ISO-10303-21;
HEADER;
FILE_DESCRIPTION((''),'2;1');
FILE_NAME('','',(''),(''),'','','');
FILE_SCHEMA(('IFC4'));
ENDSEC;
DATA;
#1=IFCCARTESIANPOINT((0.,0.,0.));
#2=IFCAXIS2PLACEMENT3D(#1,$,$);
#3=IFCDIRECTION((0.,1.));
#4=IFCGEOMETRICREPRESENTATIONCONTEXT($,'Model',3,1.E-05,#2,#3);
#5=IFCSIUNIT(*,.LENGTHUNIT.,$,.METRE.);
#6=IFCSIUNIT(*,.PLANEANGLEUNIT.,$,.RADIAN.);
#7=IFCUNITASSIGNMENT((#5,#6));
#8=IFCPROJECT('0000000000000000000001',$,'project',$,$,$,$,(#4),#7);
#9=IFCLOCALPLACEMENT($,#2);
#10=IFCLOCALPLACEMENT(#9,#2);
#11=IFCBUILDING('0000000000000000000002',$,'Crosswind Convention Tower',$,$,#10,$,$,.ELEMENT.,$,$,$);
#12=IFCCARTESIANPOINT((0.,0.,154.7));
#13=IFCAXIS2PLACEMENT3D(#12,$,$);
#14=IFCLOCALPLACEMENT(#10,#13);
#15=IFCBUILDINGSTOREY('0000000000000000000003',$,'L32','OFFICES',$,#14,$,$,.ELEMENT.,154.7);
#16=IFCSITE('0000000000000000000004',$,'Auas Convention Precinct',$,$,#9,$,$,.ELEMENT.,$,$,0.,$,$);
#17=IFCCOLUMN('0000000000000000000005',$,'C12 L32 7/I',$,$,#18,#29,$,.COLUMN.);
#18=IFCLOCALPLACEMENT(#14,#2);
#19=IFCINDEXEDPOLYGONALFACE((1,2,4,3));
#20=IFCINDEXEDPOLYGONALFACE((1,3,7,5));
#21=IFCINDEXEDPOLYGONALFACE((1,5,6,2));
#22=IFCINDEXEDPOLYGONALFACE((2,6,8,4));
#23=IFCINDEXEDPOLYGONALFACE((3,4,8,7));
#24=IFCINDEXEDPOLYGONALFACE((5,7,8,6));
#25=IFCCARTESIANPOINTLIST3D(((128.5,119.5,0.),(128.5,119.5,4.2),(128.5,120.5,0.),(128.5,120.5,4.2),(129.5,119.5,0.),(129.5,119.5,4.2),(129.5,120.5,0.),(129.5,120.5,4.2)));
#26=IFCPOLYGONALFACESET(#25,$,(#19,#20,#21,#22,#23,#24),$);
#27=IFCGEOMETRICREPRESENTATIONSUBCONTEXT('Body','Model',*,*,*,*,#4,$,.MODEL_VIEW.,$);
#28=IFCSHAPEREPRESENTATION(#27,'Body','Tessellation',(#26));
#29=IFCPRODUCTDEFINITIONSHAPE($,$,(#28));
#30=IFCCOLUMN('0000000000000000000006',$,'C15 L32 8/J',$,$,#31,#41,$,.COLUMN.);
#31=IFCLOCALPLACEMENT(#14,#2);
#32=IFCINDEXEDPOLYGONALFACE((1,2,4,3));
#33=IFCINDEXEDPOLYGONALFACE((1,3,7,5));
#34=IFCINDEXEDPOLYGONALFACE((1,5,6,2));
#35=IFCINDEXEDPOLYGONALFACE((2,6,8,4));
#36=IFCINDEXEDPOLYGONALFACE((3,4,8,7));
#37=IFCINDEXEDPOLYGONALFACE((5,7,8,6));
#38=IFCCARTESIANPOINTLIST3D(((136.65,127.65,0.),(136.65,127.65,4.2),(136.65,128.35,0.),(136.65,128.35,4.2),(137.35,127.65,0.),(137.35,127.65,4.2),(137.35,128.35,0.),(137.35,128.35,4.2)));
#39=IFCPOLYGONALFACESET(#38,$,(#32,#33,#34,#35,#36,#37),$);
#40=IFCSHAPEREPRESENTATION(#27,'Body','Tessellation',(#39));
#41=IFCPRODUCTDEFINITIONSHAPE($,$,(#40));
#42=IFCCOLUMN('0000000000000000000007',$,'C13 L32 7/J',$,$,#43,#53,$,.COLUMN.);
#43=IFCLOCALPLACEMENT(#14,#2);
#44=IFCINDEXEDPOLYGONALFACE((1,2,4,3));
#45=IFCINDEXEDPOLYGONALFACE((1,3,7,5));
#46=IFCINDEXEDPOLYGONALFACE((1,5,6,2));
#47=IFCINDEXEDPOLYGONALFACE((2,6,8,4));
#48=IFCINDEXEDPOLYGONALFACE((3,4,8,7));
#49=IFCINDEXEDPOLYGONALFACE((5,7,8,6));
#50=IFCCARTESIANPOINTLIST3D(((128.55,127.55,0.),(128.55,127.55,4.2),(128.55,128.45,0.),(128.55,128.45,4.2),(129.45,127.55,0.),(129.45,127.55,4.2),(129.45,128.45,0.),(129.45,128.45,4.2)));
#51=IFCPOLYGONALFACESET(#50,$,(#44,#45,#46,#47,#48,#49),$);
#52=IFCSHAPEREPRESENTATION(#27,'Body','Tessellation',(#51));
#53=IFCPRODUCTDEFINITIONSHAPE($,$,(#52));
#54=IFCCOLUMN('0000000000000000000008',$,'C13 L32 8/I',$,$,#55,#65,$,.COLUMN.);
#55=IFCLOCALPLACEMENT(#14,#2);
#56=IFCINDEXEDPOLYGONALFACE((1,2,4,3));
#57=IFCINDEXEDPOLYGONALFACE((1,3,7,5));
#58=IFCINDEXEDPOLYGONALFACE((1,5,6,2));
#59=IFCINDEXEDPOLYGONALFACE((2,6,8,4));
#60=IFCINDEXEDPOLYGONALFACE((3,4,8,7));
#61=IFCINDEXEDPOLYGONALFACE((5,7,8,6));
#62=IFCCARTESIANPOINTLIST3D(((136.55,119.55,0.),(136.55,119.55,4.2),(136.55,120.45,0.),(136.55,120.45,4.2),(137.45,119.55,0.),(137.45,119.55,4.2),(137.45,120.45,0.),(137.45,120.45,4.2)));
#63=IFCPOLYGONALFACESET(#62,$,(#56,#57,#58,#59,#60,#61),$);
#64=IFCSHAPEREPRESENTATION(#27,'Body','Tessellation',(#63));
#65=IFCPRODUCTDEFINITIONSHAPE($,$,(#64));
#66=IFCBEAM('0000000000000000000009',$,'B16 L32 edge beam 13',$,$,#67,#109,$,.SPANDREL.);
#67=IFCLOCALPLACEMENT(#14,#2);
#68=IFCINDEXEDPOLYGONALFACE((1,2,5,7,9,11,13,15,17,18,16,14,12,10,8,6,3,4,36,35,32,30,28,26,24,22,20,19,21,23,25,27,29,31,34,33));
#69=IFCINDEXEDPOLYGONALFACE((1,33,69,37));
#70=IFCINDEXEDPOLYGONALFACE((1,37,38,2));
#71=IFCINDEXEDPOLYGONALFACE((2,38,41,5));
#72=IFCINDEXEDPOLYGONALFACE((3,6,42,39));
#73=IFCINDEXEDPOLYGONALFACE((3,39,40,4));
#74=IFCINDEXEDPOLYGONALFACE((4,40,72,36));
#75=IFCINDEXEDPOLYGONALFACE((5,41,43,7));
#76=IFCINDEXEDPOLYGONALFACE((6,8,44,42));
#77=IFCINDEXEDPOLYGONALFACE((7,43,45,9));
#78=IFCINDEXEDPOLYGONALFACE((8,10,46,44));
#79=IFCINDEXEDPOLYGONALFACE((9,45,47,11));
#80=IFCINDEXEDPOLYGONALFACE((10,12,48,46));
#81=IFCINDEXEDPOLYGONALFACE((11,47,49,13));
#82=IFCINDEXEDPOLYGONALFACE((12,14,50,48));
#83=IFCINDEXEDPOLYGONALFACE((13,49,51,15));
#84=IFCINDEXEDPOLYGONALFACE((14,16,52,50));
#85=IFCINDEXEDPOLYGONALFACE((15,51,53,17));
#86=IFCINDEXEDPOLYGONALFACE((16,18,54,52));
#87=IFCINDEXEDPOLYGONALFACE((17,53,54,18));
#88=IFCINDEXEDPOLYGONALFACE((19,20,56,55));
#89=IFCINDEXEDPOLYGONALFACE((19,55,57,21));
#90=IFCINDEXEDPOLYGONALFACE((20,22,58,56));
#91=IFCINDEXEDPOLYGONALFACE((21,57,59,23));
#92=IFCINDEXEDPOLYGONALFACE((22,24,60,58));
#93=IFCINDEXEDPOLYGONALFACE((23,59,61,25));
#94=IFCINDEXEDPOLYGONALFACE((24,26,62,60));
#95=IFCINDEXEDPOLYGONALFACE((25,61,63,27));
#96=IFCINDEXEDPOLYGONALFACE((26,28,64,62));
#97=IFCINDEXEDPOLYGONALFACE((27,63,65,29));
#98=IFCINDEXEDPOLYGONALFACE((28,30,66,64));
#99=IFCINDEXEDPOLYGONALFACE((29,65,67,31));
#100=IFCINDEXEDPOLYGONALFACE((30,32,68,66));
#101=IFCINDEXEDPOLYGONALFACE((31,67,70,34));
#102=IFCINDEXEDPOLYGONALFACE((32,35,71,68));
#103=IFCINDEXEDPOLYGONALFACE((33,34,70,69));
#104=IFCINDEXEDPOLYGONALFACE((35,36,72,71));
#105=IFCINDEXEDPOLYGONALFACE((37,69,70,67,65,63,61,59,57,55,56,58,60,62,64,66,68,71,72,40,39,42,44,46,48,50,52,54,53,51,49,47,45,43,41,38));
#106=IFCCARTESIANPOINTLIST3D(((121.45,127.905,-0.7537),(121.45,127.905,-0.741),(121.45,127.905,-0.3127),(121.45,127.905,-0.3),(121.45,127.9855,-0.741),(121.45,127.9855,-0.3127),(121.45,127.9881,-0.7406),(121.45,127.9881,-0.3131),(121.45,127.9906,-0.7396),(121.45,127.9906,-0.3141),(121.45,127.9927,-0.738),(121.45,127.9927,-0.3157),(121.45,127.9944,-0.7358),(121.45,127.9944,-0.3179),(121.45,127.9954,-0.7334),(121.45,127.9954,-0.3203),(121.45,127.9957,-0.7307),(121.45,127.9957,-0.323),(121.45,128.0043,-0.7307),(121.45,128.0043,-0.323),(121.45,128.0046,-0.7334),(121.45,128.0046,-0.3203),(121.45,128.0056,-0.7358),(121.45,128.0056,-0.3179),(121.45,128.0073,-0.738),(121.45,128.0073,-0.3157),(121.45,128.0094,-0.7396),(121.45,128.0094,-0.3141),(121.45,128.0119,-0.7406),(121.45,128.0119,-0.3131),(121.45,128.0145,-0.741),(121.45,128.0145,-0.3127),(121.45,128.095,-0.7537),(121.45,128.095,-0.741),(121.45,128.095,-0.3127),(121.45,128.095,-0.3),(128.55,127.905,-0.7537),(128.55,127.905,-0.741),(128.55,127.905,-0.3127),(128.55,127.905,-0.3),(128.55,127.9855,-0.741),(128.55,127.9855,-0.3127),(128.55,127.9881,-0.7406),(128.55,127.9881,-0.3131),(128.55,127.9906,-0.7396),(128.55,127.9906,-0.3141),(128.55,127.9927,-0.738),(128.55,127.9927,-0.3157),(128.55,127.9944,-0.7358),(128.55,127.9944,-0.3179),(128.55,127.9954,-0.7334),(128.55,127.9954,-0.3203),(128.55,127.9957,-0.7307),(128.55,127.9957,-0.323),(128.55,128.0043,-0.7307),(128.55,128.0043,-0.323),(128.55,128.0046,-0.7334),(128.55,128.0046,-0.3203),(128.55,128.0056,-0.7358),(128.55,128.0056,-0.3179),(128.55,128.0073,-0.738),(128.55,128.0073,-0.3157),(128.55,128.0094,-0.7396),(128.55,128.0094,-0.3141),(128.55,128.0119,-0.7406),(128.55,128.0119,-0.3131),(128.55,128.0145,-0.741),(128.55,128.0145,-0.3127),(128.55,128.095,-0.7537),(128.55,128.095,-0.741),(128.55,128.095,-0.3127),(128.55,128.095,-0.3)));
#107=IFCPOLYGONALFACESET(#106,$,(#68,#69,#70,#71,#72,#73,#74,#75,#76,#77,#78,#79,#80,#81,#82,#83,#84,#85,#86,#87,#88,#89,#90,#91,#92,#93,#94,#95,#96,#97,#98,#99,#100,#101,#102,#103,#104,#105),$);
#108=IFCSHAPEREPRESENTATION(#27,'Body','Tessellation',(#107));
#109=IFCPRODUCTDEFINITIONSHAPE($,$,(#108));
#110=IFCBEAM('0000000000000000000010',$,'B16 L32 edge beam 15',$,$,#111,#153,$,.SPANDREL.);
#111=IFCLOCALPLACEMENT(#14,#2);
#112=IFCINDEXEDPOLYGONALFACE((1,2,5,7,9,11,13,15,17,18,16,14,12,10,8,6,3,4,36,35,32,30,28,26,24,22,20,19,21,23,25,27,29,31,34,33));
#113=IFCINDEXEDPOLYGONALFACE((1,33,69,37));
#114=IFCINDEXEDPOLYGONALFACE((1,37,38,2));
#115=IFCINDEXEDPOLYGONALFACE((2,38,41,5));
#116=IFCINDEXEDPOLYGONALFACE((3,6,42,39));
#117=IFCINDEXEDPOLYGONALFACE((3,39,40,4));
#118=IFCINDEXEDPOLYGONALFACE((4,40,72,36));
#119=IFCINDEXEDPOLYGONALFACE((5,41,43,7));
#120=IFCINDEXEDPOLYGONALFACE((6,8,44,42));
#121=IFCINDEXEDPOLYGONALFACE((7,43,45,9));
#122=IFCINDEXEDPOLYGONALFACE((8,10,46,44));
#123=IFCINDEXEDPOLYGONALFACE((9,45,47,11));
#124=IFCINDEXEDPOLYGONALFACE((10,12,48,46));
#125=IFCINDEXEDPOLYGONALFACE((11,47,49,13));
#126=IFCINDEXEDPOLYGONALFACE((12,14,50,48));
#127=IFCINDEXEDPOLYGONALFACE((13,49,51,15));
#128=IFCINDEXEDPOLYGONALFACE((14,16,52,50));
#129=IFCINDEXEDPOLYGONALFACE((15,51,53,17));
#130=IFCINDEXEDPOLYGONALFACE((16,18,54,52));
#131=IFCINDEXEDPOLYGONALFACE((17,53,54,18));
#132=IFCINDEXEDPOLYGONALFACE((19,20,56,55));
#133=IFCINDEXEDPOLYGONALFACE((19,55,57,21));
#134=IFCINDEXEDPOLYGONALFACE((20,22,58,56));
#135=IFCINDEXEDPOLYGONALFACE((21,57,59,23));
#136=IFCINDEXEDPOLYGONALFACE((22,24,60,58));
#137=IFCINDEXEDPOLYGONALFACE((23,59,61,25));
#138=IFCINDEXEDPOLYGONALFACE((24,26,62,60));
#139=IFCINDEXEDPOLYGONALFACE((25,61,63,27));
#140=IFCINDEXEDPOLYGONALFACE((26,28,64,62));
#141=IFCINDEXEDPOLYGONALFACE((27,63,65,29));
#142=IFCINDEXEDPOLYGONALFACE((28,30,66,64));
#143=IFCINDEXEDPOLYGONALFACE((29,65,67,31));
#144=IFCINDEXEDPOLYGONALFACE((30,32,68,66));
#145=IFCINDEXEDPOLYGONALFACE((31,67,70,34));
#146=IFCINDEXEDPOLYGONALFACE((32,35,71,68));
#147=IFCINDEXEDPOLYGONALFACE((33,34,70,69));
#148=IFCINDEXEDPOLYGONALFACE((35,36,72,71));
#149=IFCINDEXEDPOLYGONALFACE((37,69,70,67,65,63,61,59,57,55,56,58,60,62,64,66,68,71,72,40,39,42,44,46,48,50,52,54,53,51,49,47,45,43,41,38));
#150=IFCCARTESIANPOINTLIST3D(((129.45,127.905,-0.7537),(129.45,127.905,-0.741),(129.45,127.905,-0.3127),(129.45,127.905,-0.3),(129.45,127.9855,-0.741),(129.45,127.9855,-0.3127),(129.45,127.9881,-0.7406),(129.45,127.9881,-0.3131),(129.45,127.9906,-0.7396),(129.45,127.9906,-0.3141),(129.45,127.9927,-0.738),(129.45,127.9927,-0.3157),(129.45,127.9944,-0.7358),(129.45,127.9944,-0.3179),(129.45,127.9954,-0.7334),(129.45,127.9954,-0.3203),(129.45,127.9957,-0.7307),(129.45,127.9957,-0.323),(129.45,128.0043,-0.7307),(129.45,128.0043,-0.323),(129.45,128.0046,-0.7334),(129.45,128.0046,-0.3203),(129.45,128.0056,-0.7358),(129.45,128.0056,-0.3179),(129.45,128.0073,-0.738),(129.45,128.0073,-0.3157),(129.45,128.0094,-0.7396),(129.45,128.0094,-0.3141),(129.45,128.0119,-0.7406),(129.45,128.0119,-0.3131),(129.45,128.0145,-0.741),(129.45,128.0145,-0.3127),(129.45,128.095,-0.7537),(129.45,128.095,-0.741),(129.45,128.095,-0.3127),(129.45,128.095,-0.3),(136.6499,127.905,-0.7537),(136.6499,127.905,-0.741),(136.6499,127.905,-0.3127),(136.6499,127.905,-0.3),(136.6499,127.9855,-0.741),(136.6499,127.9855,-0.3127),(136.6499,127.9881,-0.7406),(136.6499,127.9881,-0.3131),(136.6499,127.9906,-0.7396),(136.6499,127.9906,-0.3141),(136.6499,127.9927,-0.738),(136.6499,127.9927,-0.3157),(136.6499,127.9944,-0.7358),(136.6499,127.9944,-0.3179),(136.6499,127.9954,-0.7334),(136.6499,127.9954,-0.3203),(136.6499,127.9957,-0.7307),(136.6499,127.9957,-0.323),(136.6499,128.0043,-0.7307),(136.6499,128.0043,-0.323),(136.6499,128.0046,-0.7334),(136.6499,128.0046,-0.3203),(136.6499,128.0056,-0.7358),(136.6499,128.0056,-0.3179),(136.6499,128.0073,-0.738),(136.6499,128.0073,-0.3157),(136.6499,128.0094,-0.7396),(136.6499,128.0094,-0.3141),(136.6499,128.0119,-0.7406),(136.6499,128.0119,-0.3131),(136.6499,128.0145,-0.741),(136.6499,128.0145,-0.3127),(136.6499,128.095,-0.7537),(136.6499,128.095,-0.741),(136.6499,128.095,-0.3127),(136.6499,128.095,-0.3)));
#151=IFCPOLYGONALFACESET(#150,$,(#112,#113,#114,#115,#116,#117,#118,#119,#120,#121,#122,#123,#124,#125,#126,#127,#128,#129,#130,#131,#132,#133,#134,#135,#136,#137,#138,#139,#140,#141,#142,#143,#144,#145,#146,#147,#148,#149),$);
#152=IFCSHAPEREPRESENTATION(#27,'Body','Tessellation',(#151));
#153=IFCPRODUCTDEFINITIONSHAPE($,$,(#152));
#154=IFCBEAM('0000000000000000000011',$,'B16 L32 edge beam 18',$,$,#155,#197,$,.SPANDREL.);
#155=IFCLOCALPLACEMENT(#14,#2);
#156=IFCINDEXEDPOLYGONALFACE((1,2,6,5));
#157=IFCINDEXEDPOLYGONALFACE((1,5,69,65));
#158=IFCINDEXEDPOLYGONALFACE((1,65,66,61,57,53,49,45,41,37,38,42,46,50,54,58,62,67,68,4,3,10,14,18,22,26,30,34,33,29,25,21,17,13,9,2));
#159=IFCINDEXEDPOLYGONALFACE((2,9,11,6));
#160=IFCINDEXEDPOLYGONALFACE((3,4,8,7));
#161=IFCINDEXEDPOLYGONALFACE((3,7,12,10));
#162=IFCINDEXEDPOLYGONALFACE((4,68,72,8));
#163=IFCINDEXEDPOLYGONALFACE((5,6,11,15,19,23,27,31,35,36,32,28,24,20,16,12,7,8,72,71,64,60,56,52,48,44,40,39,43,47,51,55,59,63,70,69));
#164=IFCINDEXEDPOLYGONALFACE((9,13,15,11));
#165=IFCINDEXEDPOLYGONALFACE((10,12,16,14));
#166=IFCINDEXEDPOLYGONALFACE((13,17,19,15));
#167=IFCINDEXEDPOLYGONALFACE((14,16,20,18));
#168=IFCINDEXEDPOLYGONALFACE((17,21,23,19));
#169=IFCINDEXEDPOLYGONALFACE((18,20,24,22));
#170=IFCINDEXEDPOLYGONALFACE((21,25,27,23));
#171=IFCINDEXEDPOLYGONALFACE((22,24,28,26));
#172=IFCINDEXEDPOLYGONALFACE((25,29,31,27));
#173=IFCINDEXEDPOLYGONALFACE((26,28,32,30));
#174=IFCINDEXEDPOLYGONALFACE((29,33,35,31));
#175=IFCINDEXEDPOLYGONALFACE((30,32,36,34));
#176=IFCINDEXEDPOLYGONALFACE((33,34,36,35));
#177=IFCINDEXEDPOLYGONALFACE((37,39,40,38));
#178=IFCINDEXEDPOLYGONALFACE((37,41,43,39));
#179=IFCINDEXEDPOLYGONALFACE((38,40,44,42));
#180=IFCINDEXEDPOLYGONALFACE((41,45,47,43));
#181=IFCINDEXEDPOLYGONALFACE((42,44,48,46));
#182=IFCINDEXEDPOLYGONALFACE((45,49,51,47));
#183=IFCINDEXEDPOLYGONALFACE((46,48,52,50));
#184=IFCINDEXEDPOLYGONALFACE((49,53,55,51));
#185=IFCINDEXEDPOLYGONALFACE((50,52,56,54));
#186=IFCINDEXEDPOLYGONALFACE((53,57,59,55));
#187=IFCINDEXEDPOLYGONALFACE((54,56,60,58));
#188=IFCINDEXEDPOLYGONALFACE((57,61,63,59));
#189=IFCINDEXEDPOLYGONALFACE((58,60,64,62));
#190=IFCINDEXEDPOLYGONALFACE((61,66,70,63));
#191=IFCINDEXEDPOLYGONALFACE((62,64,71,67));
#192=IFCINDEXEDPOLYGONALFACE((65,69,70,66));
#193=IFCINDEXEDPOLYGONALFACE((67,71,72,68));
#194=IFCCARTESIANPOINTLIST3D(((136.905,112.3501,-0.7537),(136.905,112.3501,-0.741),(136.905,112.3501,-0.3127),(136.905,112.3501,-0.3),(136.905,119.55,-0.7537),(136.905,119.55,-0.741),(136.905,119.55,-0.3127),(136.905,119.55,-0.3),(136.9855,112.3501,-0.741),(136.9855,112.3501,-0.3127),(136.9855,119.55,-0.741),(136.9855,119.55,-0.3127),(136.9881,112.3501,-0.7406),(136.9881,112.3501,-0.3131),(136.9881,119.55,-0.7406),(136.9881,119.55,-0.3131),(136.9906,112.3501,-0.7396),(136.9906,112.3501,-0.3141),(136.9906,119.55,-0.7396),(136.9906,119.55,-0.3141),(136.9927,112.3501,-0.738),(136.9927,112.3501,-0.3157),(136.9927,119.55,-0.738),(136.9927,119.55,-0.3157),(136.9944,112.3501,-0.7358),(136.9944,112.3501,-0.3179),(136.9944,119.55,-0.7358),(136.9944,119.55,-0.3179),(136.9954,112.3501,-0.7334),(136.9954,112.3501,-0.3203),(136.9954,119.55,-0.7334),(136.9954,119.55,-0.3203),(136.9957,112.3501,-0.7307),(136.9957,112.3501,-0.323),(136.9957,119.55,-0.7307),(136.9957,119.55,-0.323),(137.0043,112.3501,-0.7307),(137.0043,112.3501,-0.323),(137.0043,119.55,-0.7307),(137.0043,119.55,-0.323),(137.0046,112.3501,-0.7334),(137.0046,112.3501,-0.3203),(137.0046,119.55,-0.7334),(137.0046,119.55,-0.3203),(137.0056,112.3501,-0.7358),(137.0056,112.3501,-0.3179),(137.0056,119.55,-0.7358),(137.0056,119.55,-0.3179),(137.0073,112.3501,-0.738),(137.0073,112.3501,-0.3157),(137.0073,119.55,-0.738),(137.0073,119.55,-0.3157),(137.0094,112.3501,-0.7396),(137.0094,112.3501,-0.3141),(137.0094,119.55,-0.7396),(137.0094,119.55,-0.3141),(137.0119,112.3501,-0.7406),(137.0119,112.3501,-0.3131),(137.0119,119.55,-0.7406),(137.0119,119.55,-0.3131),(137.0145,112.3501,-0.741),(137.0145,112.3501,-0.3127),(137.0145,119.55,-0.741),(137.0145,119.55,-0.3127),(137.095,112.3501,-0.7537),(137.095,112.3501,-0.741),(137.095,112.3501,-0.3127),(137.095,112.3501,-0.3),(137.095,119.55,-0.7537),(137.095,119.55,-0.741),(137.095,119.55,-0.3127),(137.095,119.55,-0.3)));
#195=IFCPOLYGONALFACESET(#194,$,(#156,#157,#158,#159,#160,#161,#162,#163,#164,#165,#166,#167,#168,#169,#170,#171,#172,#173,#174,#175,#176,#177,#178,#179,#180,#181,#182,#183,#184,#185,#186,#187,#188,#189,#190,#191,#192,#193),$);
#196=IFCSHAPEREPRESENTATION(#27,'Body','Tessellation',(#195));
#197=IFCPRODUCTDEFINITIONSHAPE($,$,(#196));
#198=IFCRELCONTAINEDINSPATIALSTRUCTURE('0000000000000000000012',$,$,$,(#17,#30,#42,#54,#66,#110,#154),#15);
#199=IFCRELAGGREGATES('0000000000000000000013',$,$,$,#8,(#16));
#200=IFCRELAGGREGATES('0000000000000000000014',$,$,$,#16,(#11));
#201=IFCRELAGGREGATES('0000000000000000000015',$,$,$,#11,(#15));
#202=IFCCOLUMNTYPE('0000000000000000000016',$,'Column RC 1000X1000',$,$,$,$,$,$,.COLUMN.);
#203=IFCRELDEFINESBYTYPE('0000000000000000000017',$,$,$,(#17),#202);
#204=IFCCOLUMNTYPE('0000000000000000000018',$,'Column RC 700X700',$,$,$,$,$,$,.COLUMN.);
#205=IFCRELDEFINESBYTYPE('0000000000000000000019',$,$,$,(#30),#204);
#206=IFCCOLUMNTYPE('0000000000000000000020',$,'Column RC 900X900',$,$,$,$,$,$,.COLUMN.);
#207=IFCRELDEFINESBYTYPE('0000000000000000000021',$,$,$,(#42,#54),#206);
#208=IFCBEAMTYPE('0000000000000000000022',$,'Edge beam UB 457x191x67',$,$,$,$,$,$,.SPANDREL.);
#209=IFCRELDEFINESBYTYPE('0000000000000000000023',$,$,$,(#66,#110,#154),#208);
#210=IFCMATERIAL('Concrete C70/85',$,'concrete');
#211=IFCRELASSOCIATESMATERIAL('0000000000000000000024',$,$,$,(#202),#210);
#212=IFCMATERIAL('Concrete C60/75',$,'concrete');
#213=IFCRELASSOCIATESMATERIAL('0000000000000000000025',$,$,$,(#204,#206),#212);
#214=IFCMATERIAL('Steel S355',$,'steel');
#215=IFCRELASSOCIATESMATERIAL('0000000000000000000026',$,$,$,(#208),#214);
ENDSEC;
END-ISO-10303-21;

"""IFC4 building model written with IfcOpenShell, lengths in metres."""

from ifc_helpers import new_model, si_unit, direction, frame, origin, origin_2d, place, context, subcontext, project, spatial, rectangle, i_section, extrude, material, material_profile, profile_set, type_object, element, save


model = new_model("IFC4")

# Units and contexts
model_context = context("Model", 3, precision=1e-05, world=origin(), true_north=direction((0.0, 1.0)))
body_context = subcontext(model_context, "Body", "Model", "MODEL_VIEW")
ifc_project = project(units=[si_unit("LENGTHUNIT", "METRE"), si_unit("PLANEANGLEUNIT", "RADIAN")], contexts=[model_context])

# Site, building, storey
site_placement = place(None, origin())
site = spatial("IfcSite", under=ifc_project, at=site_placement, Name="Auas Convention Precinct", CompositionType="ELEMENT", RefElevation=0.0)
building_placement = place(site_placement, origin())
building = spatial("IfcBuilding", under=site, at=building_placement, Name="Crosswind Convention Tower", CompositionType="ELEMENT")
storey_placement = place(building_placement, frame((0.0, 0.0, 154.7)))
storey = spatial("IfcBuildingStorey", under=building, at=storey_placement, Name="L32", Description="OFFICES", CompositionType="ELEMENT", Elevation=154.7)

# Columns
ifc_material_1 = material(Name="Concrete C70/85", Category="concrete")
ifc_material_profile_1 = material_profile(ifc_material_1, rectangle(XDim=1.0, YDim=1.0, at=origin_2d()), Name="RC 1000X1000")
ifc_profile_set_1 = profile_set([ifc_material_profile_1], Name="Concrete C70/85")
column_type_1 = type_object("IfcColumnType", Name="Column RC 1000X1000", PredefinedType="COLUMN", material=ifc_profile_set_1)
column_1_placement = place(storey_placement, frame((129.0, 120.0, 0.0), z_axis=(0.0, 0.0, 1.0), x_axis=(1.0, 0.0, 0.0)))
element("IfcColumn", 1, at=column_1_placement, inside=storey, type_object=column_type_1, Name="C12 L32 7/I", PredefinedType="COLUMN", context=body_context, shape_type="SweptSolid", body=[
    extrude(rectangle(XDim=1.0, YDim=1.0, at=origin_2d()), origin(), (0.0, 0.0, 1.0), 4.2),
])
ifc_material_2 = material(Name="Concrete C60/75", Category="concrete")
ifc_material_profile_2 = material_profile(ifc_material_2, rectangle(XDim=0.7, YDim=0.7, at=origin_2d()), Name="RC 700X700")
ifc_profile_set_2 = profile_set([ifc_material_profile_2], Name="Concrete C60/75")
column_type_2 = type_object("IfcColumnType", Name="Column RC 700X700", PredefinedType="COLUMN", material=ifc_profile_set_2)
column_2_placement = place(storey_placement, frame((137.0, 128.0, 0.0), z_axis=(0.0, 0.0, 1.0), x_axis=(1.0, 0.0, 0.0)))
element("IfcColumn", 2, at=column_2_placement, inside=storey, type_object=column_type_2, Name="C15 L32 8/J", PredefinedType="COLUMN", context=body_context, shape_type="SweptSolid", body=[
    extrude(rectangle(XDim=0.7, YDim=0.7, at=origin_2d()), origin(), (0.0, 0.0, 1.0), 4.2),
])
ifc_material_profile_3 = material_profile(ifc_material_2, rectangle(XDim=0.8999, YDim=0.8999, at=origin_2d()), Name="RC 900X900")
ifc_profile_set_3 = profile_set([ifc_material_profile_3], Name="Concrete C60/75")
column_type_3 = type_object("IfcColumnType", Name="Column RC 900X900", PredefinedType="COLUMN", material=ifc_profile_set_3)
for number, where, z_axis, x_axis, name in (
    (3, (129.0, 128.0, 0.0), (0.0, 0.0, 1.0), (1.0, 0.0, 0.0), "C13 L32 7/J"),
    (4, (137.0, 120.0, 0.0), (0.0, 0.0, 1.0), (1.0, 0.0, 0.0), "C13 L32 8/I"),
):
    element("IfcColumn", number, at=place(storey_placement, frame(where, z_axis=z_axis, x_axis=x_axis)), inside=storey, type_object=column_type_3, Name=name, PredefinedType="COLUMN", context=body_context, shape_type="SweptSolid", body=[
        extrude(rectangle(XDim=0.8999, YDim=0.8999, at=origin_2d()), origin(), (0.0, 0.0, 1.0), 4.2),
    ])

# Beams
ifc_material_3 = material(Name="Steel S355", Category="steel")
ifc_material_profile_4 = material_profile(ifc_material_3, i_section(OverallWidth=0.1899, OverallDepth=0.4536, WebThickness=0.0085, FlangeThickness=0.0127, FilletRadius=0.0103, at=origin_2d()), Name="UB 457x191x67")
ifc_profile_set_4 = profile_set([ifc_material_profile_4], Name="Steel S355")
beam_type_1 = type_object("IfcBeamType", Name="Edge beam UB 457x191x67", PredefinedType="SPANDREL", material=ifc_profile_set_4)
beam_placement = place(storey_placement, frame((121.45, 128.0, -0.5269), z_axis=(1.0, 0.0, 0.0), x_axis=(0.0, 1.0, 0.0)))
element("IfcBeam", 5, at=beam_placement, inside=storey, type_object=beam_type_1, Name="B16 L32 edge beam 13", PredefinedType="SPANDREL", context=body_context, shape_type="SweptSolid", body=[
    extrude(i_section(OverallWidth=0.1899, OverallDepth=0.4536, WebThickness=0.0085, FlangeThickness=0.0127, FilletRadius=0.0103, at=origin_2d()), origin(), (0.0, 0.0, 1.0), 7.1001),
])
for number, where, z_axis, x_axis, name in (
    (6, (129.45, 128.0, -0.5269), (1.0, 0.0, 0.0), (0.0, 1.0, 0.0), "B16 L32 edge beam 15"),
    (7, (137.0, 112.3501, -0.5269), (0.0, 1.0, 0.0), (-1.0, 0.0, 0.0), "B16 L32 edge beam 18"),
):
    element("IfcBeam", number, at=place(storey_placement, frame(where, z_axis=z_axis, x_axis=x_axis)), inside=storey, type_object=beam_type_1, Name=name, PredefinedType="SPANDREL", context=body_context, shape_type="SweptSolid", body=[
        extrude(i_section(OverallWidth=0.1899, OverallDepth=0.4536, WebThickness=0.0085, FlangeThickness=0.0127, FilletRadius=0.0103, at=origin_2d()), origin(), (0.0, 0.0, 1.0), 7.2),
    ])

save(model, "model.ifc")
